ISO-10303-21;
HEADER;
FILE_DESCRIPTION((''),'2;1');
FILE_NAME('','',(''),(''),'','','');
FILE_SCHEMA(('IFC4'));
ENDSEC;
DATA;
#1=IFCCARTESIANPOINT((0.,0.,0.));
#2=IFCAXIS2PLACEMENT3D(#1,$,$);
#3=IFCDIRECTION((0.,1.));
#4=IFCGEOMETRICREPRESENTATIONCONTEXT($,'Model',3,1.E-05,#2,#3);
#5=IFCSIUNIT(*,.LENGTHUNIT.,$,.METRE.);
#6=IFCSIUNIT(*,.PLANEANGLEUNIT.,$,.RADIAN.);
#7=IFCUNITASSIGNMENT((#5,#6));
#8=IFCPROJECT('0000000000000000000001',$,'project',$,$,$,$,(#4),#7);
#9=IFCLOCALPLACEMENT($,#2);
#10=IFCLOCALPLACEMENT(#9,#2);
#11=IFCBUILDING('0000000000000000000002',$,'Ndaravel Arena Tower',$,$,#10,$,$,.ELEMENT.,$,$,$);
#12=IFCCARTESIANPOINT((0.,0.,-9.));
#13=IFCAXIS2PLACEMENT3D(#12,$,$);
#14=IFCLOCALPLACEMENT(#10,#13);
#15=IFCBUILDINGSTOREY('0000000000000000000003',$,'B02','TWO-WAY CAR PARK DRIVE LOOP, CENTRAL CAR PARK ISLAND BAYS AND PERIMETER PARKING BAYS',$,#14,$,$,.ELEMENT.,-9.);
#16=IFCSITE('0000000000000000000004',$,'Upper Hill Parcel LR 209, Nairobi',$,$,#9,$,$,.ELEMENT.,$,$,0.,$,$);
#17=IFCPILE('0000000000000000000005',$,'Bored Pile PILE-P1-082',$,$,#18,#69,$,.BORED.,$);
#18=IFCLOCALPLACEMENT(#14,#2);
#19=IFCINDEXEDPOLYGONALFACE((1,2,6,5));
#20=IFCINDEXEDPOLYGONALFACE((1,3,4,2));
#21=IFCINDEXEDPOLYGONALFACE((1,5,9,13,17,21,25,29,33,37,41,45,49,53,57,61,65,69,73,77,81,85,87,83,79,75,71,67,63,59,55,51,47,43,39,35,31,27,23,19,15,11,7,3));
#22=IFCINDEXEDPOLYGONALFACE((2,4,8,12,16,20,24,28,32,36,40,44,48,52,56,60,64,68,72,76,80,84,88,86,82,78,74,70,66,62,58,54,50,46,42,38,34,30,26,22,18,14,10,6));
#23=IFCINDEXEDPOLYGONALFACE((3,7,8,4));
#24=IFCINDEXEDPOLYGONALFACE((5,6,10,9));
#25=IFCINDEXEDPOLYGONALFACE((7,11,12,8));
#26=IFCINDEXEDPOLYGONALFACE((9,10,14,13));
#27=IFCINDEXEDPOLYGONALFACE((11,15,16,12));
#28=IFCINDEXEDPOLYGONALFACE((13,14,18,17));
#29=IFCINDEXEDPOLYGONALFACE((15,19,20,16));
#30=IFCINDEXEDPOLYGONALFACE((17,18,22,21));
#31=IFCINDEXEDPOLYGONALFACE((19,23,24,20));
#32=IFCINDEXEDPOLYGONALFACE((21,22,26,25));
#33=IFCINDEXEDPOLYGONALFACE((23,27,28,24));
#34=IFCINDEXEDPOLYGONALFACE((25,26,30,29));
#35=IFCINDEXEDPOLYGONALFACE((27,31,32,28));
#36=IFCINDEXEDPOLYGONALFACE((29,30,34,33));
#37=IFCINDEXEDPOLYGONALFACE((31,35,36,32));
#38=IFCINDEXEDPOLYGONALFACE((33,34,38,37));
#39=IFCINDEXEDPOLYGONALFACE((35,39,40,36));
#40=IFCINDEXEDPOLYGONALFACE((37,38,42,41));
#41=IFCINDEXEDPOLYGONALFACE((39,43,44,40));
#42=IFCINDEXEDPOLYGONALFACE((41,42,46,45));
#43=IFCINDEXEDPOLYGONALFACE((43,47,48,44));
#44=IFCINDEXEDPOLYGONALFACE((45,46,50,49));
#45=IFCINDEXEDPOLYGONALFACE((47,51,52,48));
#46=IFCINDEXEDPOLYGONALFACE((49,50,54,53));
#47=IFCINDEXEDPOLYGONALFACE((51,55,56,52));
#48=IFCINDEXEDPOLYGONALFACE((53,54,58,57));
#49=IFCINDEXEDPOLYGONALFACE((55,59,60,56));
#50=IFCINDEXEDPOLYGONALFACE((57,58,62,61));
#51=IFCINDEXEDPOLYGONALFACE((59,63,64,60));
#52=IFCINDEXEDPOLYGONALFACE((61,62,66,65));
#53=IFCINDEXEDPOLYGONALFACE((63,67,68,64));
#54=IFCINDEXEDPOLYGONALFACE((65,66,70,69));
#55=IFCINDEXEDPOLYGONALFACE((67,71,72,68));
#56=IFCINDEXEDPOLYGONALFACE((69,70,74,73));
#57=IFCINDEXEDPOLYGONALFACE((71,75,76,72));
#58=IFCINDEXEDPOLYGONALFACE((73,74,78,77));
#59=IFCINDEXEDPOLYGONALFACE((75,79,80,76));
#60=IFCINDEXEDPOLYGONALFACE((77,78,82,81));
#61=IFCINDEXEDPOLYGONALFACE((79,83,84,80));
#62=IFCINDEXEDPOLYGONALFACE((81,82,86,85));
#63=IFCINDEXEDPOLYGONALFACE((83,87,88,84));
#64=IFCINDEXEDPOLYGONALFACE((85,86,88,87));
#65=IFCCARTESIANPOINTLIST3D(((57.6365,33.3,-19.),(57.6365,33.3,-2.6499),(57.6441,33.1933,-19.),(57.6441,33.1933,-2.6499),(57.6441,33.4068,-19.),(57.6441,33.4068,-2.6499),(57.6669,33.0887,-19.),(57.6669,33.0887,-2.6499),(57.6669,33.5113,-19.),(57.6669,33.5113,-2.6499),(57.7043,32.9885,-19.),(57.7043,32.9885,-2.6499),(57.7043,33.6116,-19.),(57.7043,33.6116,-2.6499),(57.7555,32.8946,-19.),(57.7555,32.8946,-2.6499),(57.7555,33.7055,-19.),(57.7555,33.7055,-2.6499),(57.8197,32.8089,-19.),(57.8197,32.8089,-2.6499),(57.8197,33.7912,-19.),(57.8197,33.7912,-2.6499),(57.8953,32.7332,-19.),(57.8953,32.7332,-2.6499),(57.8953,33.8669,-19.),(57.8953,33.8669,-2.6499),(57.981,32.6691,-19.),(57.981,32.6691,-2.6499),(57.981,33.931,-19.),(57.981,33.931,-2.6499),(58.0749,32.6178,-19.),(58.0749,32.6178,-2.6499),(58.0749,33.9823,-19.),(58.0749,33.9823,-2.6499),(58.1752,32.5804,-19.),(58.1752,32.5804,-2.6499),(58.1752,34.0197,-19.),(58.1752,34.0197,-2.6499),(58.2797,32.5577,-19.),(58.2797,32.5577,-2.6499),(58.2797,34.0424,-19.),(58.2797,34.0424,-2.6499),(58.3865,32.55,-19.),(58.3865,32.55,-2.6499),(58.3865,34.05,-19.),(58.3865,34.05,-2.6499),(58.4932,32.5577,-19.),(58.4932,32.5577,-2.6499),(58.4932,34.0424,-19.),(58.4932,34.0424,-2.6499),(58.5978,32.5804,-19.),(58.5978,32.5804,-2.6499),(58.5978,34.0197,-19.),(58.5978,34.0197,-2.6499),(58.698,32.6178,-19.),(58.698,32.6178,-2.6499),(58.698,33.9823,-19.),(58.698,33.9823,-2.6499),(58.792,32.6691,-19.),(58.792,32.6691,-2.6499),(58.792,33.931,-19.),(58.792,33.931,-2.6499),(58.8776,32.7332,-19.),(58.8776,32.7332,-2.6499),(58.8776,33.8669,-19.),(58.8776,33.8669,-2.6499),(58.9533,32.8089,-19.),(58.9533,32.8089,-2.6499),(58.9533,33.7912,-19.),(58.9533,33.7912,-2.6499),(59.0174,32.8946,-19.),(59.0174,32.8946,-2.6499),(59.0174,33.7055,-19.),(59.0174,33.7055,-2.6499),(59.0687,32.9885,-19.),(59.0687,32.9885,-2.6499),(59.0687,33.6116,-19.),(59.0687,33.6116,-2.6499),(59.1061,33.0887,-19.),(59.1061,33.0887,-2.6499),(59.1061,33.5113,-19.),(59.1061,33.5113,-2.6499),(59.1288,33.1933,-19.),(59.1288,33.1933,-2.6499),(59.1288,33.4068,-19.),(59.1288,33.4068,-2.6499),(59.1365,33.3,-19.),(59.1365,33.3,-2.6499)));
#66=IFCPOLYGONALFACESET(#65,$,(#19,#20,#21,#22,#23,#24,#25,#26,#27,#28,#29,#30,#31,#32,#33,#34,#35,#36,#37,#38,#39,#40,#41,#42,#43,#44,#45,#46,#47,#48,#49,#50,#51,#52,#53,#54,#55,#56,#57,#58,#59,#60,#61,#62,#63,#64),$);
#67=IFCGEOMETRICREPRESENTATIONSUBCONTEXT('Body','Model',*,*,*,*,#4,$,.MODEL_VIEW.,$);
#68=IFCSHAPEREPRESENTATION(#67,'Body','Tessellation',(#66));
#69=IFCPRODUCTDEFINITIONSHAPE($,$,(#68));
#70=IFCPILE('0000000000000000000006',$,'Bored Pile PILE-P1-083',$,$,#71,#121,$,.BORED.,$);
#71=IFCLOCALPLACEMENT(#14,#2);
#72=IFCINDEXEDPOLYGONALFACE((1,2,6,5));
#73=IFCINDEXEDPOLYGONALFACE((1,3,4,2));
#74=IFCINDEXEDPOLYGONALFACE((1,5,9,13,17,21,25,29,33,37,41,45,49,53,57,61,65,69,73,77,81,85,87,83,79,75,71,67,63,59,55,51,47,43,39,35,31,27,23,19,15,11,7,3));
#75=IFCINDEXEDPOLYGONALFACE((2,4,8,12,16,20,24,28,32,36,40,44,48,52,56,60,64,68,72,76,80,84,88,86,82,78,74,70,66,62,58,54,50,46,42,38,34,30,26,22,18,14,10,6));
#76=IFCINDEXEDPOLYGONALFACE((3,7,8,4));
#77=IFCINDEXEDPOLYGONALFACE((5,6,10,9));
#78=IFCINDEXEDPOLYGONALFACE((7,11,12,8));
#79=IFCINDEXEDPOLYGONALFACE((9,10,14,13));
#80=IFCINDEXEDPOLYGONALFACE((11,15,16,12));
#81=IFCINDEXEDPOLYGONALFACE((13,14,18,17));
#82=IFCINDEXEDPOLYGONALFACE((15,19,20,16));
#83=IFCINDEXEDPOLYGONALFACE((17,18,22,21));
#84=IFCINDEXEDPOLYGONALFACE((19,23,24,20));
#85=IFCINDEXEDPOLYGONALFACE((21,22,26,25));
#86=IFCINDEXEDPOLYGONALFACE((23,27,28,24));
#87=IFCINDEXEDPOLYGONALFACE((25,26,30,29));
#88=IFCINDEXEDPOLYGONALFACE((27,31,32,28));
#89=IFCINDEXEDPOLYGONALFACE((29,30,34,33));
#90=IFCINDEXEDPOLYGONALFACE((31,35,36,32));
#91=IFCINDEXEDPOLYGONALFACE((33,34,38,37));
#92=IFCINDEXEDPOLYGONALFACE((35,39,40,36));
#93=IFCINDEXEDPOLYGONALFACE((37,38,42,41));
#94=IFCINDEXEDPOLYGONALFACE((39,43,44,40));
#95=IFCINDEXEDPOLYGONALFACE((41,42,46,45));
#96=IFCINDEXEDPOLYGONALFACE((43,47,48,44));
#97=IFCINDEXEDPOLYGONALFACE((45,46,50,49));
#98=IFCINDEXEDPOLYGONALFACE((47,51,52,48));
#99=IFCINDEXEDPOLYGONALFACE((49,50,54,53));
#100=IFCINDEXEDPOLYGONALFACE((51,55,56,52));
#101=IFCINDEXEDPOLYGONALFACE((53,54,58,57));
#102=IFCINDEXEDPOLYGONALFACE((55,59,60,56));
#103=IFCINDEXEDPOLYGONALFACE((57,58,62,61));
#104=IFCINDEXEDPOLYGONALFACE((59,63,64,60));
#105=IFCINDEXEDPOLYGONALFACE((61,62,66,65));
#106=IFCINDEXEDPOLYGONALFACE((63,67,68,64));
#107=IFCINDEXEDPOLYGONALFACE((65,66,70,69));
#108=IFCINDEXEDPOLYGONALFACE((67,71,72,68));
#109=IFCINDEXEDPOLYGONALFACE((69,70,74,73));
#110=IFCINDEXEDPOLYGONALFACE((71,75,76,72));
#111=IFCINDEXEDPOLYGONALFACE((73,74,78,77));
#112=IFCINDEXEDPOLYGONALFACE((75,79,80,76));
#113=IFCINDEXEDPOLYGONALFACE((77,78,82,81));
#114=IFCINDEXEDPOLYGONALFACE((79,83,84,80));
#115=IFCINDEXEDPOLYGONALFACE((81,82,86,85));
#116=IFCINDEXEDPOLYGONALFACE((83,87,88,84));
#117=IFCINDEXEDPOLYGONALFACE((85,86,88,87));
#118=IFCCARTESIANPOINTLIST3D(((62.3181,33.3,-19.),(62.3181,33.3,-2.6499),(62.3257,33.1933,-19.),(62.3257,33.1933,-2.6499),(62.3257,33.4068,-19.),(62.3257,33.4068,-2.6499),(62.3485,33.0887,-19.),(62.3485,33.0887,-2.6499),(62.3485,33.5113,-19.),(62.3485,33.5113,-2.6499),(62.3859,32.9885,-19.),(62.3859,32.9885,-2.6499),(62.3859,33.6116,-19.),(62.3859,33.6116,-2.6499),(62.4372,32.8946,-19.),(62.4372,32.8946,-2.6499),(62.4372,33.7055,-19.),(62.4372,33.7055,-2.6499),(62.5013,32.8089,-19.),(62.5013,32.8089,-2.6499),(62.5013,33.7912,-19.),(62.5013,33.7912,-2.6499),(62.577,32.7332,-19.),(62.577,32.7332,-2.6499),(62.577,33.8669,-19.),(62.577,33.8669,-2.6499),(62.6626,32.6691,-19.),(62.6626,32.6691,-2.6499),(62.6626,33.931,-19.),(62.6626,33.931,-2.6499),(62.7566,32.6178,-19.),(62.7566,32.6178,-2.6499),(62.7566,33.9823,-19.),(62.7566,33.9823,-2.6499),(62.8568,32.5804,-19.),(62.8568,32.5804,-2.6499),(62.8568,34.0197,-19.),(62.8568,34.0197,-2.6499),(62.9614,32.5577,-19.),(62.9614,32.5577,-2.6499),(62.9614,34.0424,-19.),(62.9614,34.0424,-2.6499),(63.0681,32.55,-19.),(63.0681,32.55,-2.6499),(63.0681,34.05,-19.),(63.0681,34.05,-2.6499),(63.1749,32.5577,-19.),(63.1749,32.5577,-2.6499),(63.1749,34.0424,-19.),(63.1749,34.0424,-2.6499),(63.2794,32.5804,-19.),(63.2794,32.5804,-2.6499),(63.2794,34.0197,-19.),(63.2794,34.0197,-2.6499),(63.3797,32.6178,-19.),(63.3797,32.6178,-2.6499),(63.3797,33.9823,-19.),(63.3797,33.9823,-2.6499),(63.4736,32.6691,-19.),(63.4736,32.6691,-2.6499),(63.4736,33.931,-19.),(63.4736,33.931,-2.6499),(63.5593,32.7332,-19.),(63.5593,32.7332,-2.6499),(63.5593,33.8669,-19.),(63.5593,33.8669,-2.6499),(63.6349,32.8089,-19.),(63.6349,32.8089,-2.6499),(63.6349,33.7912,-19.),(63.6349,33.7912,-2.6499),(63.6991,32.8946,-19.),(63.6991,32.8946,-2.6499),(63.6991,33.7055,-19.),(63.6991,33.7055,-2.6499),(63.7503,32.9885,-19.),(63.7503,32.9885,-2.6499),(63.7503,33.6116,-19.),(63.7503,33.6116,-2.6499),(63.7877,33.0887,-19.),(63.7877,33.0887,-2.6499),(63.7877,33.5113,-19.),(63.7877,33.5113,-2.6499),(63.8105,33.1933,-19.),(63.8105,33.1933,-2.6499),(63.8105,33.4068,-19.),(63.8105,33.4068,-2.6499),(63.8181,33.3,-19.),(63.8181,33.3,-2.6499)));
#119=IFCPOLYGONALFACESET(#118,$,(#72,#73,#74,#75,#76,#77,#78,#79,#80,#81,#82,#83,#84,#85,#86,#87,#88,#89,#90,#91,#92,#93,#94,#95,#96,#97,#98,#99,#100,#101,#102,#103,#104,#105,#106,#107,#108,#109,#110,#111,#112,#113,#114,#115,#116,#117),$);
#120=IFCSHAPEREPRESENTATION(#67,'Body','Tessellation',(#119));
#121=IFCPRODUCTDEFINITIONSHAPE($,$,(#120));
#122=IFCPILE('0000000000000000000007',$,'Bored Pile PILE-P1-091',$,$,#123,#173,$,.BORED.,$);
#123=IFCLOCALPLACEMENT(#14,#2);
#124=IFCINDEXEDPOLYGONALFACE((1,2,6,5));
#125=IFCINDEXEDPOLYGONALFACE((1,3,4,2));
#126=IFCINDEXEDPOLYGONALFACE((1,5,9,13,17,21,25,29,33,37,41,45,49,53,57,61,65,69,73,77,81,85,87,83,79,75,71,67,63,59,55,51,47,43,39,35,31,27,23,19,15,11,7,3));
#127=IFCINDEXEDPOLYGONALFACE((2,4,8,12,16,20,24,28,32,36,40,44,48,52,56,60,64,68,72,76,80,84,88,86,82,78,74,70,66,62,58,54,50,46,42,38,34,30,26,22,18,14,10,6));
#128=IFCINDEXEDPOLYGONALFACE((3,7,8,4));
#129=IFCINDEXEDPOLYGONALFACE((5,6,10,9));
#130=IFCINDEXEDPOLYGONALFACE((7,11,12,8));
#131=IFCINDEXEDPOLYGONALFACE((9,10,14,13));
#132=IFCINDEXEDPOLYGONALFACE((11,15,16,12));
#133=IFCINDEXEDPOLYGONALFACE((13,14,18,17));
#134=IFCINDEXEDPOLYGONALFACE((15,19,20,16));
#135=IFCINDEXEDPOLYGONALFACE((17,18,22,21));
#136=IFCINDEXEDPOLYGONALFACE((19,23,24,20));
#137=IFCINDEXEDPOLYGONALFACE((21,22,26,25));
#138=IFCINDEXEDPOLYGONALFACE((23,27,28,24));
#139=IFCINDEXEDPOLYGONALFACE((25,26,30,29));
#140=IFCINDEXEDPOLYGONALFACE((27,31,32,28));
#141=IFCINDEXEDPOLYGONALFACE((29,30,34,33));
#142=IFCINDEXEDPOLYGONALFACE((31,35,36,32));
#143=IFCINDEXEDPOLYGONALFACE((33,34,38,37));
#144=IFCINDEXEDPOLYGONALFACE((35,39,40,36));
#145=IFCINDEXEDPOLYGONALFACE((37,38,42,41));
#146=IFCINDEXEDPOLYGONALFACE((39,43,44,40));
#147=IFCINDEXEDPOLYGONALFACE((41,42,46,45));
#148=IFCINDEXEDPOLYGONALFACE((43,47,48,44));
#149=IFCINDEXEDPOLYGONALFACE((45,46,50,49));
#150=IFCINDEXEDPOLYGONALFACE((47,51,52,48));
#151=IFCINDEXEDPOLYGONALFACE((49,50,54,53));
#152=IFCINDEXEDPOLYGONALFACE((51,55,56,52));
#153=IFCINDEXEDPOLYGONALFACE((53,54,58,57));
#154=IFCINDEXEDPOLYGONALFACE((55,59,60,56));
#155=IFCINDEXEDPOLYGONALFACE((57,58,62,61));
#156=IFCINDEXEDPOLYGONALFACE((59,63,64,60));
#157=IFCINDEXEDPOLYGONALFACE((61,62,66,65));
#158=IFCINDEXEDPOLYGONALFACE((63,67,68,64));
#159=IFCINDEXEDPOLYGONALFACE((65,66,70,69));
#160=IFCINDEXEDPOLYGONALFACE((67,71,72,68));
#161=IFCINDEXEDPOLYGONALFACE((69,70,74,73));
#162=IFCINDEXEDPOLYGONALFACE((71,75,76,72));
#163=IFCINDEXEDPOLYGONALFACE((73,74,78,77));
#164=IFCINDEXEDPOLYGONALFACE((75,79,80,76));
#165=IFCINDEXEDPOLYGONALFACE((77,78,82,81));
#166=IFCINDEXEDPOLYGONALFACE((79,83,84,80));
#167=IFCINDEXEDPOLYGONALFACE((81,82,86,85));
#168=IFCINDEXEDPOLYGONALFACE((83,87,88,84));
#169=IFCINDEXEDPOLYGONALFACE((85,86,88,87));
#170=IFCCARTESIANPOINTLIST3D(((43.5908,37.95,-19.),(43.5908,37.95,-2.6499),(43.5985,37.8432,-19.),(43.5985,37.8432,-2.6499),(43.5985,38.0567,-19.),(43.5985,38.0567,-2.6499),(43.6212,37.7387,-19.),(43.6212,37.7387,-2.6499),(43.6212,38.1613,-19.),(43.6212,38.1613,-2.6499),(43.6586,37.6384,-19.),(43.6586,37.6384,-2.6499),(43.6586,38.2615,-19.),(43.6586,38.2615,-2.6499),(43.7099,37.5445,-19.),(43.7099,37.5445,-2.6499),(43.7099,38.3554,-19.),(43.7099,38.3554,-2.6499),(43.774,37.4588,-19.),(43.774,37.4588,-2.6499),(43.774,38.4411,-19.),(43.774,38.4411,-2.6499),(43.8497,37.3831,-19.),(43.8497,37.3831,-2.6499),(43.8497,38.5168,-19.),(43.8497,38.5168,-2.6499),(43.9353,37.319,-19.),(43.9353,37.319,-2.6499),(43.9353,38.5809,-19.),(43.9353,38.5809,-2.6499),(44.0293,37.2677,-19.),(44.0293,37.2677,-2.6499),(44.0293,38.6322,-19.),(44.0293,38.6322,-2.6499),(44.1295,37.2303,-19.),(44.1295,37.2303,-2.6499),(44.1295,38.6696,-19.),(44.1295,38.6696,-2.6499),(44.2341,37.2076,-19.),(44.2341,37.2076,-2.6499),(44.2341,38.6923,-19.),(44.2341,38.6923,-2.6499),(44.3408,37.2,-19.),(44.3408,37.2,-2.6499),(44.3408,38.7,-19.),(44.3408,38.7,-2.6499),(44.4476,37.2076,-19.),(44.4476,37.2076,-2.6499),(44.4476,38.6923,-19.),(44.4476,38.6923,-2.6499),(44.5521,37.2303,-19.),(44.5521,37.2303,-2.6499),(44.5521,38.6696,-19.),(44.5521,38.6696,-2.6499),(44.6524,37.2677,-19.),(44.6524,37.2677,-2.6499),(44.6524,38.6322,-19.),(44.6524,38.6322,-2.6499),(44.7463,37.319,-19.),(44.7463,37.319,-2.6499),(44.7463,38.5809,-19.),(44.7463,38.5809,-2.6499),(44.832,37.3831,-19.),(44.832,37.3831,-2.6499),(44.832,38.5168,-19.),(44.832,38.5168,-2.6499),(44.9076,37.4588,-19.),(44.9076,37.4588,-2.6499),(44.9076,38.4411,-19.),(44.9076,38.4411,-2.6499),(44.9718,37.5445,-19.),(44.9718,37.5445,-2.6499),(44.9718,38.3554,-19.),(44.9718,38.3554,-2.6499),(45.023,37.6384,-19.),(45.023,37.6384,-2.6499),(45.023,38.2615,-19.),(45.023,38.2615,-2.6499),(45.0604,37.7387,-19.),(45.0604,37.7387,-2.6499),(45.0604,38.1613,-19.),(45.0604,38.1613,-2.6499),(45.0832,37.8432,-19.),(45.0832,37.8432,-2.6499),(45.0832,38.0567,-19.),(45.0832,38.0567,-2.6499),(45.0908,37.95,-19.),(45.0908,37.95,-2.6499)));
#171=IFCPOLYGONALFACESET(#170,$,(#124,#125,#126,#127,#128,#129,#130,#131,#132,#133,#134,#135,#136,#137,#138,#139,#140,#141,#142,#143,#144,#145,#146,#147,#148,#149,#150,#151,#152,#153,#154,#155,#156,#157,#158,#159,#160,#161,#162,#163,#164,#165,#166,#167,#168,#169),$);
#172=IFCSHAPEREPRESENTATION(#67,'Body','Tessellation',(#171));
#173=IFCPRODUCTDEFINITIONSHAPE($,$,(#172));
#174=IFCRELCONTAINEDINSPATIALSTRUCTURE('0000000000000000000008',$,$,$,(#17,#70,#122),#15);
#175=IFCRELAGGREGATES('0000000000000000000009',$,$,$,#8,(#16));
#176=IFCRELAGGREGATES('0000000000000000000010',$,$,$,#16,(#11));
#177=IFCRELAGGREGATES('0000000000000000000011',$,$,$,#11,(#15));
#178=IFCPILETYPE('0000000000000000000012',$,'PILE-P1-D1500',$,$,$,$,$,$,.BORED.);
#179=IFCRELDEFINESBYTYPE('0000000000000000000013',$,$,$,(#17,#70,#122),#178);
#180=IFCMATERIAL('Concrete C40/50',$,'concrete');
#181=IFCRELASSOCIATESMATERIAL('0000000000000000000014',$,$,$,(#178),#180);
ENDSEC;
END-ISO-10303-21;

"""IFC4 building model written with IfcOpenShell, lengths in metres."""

from ifc_helpers import new_model, si_unit, direction, frame, origin, origin_2d, place, context, subcontext, project, spatial, circle, extrude, material, material_profile, profile_set, type_object, element, save


model = new_model("IFC4")

# Units and contexts
model_context = context("Model", 3, precision=1e-05, world=origin(), true_north=direction((0.0, 1.0)))
body_context = subcontext(model_context, "Body", "Model", "MODEL_VIEW")
ifc_project = project(units=[si_unit("LENGTHUNIT", "METRE"), si_unit("PLANEANGLEUNIT", "RADIAN")], contexts=[model_context])

# Site, building, storey
site_placement = place(None, origin())
site = spatial("IfcSite", under=ifc_project, at=site_placement, Name="Upper Hill Parcel LR 209, Nairobi", CompositionType="ELEMENT", RefElevation=0.0)
building_placement = place(site_placement, origin())
building = spatial("IfcBuilding", under=site, at=building_placement, Name="Ndaravel Arena Tower", CompositionType="ELEMENT")
storey_placement = place(building_placement, frame((0.0, 0.0, -9.0)))
storey = spatial("IfcBuildingStorey", under=building, at=storey_placement, Name="B02", Description="TWO-WAY CAR PARK DRIVE LOOP, CENTRAL CAR PARK ISLAND BAYS AND PERIMETER PARKING BAYS", CompositionType="ELEMENT", Elevation=-9.0)

# Piles
ifc_material_1 = material(Name="Concrete C40/50", Category="concrete")
ifc_material_profile_1 = material_profile(ifc_material_1, circle(Radius=0.75, at=origin_2d()), Name="BORED PILE D1500")
ifc_profile_set_1 = profile_set([ifc_material_profile_1], Name="Concrete C40/50")
pile_type = type_object("IfcPileType", Name="PILE-P1-D1500", PredefinedType="BORED", material=ifc_profile_set_1)
for number, where, z_axis, x_axis, name in (
    (1, (58.3865, 33.3, -2.6499), (0.0, 0.0, -1.0), (1.0, 0.0, 0.0), "Bored Pile PILE-P1-082"),
    (2, (63.0681, 33.3, -2.6499), (0.0, 0.0, -1.0), (1.0, 0.0, 0.0), "Bored Pile PILE-P1-083"),
    (3, (44.3408, 37.95, -2.6499), (0.0, 0.0, -1.0), (1.0, 0.0, 0.0), "Bored Pile PILE-P1-091"),
):
    element("IfcPile", number, at=place(storey_placement, frame(where, z_axis=z_axis, x_axis=x_axis)), inside=storey, type_object=pile_type, Name=name, PredefinedType="BORED", context=body_context, shape_type="SweptSolid", body=[
        extrude(circle(Radius=0.75, at=origin_2d()), origin(), (0.0, 0.0, 1.0), 16.3501),
    ])

save(model, "model.ifc")
